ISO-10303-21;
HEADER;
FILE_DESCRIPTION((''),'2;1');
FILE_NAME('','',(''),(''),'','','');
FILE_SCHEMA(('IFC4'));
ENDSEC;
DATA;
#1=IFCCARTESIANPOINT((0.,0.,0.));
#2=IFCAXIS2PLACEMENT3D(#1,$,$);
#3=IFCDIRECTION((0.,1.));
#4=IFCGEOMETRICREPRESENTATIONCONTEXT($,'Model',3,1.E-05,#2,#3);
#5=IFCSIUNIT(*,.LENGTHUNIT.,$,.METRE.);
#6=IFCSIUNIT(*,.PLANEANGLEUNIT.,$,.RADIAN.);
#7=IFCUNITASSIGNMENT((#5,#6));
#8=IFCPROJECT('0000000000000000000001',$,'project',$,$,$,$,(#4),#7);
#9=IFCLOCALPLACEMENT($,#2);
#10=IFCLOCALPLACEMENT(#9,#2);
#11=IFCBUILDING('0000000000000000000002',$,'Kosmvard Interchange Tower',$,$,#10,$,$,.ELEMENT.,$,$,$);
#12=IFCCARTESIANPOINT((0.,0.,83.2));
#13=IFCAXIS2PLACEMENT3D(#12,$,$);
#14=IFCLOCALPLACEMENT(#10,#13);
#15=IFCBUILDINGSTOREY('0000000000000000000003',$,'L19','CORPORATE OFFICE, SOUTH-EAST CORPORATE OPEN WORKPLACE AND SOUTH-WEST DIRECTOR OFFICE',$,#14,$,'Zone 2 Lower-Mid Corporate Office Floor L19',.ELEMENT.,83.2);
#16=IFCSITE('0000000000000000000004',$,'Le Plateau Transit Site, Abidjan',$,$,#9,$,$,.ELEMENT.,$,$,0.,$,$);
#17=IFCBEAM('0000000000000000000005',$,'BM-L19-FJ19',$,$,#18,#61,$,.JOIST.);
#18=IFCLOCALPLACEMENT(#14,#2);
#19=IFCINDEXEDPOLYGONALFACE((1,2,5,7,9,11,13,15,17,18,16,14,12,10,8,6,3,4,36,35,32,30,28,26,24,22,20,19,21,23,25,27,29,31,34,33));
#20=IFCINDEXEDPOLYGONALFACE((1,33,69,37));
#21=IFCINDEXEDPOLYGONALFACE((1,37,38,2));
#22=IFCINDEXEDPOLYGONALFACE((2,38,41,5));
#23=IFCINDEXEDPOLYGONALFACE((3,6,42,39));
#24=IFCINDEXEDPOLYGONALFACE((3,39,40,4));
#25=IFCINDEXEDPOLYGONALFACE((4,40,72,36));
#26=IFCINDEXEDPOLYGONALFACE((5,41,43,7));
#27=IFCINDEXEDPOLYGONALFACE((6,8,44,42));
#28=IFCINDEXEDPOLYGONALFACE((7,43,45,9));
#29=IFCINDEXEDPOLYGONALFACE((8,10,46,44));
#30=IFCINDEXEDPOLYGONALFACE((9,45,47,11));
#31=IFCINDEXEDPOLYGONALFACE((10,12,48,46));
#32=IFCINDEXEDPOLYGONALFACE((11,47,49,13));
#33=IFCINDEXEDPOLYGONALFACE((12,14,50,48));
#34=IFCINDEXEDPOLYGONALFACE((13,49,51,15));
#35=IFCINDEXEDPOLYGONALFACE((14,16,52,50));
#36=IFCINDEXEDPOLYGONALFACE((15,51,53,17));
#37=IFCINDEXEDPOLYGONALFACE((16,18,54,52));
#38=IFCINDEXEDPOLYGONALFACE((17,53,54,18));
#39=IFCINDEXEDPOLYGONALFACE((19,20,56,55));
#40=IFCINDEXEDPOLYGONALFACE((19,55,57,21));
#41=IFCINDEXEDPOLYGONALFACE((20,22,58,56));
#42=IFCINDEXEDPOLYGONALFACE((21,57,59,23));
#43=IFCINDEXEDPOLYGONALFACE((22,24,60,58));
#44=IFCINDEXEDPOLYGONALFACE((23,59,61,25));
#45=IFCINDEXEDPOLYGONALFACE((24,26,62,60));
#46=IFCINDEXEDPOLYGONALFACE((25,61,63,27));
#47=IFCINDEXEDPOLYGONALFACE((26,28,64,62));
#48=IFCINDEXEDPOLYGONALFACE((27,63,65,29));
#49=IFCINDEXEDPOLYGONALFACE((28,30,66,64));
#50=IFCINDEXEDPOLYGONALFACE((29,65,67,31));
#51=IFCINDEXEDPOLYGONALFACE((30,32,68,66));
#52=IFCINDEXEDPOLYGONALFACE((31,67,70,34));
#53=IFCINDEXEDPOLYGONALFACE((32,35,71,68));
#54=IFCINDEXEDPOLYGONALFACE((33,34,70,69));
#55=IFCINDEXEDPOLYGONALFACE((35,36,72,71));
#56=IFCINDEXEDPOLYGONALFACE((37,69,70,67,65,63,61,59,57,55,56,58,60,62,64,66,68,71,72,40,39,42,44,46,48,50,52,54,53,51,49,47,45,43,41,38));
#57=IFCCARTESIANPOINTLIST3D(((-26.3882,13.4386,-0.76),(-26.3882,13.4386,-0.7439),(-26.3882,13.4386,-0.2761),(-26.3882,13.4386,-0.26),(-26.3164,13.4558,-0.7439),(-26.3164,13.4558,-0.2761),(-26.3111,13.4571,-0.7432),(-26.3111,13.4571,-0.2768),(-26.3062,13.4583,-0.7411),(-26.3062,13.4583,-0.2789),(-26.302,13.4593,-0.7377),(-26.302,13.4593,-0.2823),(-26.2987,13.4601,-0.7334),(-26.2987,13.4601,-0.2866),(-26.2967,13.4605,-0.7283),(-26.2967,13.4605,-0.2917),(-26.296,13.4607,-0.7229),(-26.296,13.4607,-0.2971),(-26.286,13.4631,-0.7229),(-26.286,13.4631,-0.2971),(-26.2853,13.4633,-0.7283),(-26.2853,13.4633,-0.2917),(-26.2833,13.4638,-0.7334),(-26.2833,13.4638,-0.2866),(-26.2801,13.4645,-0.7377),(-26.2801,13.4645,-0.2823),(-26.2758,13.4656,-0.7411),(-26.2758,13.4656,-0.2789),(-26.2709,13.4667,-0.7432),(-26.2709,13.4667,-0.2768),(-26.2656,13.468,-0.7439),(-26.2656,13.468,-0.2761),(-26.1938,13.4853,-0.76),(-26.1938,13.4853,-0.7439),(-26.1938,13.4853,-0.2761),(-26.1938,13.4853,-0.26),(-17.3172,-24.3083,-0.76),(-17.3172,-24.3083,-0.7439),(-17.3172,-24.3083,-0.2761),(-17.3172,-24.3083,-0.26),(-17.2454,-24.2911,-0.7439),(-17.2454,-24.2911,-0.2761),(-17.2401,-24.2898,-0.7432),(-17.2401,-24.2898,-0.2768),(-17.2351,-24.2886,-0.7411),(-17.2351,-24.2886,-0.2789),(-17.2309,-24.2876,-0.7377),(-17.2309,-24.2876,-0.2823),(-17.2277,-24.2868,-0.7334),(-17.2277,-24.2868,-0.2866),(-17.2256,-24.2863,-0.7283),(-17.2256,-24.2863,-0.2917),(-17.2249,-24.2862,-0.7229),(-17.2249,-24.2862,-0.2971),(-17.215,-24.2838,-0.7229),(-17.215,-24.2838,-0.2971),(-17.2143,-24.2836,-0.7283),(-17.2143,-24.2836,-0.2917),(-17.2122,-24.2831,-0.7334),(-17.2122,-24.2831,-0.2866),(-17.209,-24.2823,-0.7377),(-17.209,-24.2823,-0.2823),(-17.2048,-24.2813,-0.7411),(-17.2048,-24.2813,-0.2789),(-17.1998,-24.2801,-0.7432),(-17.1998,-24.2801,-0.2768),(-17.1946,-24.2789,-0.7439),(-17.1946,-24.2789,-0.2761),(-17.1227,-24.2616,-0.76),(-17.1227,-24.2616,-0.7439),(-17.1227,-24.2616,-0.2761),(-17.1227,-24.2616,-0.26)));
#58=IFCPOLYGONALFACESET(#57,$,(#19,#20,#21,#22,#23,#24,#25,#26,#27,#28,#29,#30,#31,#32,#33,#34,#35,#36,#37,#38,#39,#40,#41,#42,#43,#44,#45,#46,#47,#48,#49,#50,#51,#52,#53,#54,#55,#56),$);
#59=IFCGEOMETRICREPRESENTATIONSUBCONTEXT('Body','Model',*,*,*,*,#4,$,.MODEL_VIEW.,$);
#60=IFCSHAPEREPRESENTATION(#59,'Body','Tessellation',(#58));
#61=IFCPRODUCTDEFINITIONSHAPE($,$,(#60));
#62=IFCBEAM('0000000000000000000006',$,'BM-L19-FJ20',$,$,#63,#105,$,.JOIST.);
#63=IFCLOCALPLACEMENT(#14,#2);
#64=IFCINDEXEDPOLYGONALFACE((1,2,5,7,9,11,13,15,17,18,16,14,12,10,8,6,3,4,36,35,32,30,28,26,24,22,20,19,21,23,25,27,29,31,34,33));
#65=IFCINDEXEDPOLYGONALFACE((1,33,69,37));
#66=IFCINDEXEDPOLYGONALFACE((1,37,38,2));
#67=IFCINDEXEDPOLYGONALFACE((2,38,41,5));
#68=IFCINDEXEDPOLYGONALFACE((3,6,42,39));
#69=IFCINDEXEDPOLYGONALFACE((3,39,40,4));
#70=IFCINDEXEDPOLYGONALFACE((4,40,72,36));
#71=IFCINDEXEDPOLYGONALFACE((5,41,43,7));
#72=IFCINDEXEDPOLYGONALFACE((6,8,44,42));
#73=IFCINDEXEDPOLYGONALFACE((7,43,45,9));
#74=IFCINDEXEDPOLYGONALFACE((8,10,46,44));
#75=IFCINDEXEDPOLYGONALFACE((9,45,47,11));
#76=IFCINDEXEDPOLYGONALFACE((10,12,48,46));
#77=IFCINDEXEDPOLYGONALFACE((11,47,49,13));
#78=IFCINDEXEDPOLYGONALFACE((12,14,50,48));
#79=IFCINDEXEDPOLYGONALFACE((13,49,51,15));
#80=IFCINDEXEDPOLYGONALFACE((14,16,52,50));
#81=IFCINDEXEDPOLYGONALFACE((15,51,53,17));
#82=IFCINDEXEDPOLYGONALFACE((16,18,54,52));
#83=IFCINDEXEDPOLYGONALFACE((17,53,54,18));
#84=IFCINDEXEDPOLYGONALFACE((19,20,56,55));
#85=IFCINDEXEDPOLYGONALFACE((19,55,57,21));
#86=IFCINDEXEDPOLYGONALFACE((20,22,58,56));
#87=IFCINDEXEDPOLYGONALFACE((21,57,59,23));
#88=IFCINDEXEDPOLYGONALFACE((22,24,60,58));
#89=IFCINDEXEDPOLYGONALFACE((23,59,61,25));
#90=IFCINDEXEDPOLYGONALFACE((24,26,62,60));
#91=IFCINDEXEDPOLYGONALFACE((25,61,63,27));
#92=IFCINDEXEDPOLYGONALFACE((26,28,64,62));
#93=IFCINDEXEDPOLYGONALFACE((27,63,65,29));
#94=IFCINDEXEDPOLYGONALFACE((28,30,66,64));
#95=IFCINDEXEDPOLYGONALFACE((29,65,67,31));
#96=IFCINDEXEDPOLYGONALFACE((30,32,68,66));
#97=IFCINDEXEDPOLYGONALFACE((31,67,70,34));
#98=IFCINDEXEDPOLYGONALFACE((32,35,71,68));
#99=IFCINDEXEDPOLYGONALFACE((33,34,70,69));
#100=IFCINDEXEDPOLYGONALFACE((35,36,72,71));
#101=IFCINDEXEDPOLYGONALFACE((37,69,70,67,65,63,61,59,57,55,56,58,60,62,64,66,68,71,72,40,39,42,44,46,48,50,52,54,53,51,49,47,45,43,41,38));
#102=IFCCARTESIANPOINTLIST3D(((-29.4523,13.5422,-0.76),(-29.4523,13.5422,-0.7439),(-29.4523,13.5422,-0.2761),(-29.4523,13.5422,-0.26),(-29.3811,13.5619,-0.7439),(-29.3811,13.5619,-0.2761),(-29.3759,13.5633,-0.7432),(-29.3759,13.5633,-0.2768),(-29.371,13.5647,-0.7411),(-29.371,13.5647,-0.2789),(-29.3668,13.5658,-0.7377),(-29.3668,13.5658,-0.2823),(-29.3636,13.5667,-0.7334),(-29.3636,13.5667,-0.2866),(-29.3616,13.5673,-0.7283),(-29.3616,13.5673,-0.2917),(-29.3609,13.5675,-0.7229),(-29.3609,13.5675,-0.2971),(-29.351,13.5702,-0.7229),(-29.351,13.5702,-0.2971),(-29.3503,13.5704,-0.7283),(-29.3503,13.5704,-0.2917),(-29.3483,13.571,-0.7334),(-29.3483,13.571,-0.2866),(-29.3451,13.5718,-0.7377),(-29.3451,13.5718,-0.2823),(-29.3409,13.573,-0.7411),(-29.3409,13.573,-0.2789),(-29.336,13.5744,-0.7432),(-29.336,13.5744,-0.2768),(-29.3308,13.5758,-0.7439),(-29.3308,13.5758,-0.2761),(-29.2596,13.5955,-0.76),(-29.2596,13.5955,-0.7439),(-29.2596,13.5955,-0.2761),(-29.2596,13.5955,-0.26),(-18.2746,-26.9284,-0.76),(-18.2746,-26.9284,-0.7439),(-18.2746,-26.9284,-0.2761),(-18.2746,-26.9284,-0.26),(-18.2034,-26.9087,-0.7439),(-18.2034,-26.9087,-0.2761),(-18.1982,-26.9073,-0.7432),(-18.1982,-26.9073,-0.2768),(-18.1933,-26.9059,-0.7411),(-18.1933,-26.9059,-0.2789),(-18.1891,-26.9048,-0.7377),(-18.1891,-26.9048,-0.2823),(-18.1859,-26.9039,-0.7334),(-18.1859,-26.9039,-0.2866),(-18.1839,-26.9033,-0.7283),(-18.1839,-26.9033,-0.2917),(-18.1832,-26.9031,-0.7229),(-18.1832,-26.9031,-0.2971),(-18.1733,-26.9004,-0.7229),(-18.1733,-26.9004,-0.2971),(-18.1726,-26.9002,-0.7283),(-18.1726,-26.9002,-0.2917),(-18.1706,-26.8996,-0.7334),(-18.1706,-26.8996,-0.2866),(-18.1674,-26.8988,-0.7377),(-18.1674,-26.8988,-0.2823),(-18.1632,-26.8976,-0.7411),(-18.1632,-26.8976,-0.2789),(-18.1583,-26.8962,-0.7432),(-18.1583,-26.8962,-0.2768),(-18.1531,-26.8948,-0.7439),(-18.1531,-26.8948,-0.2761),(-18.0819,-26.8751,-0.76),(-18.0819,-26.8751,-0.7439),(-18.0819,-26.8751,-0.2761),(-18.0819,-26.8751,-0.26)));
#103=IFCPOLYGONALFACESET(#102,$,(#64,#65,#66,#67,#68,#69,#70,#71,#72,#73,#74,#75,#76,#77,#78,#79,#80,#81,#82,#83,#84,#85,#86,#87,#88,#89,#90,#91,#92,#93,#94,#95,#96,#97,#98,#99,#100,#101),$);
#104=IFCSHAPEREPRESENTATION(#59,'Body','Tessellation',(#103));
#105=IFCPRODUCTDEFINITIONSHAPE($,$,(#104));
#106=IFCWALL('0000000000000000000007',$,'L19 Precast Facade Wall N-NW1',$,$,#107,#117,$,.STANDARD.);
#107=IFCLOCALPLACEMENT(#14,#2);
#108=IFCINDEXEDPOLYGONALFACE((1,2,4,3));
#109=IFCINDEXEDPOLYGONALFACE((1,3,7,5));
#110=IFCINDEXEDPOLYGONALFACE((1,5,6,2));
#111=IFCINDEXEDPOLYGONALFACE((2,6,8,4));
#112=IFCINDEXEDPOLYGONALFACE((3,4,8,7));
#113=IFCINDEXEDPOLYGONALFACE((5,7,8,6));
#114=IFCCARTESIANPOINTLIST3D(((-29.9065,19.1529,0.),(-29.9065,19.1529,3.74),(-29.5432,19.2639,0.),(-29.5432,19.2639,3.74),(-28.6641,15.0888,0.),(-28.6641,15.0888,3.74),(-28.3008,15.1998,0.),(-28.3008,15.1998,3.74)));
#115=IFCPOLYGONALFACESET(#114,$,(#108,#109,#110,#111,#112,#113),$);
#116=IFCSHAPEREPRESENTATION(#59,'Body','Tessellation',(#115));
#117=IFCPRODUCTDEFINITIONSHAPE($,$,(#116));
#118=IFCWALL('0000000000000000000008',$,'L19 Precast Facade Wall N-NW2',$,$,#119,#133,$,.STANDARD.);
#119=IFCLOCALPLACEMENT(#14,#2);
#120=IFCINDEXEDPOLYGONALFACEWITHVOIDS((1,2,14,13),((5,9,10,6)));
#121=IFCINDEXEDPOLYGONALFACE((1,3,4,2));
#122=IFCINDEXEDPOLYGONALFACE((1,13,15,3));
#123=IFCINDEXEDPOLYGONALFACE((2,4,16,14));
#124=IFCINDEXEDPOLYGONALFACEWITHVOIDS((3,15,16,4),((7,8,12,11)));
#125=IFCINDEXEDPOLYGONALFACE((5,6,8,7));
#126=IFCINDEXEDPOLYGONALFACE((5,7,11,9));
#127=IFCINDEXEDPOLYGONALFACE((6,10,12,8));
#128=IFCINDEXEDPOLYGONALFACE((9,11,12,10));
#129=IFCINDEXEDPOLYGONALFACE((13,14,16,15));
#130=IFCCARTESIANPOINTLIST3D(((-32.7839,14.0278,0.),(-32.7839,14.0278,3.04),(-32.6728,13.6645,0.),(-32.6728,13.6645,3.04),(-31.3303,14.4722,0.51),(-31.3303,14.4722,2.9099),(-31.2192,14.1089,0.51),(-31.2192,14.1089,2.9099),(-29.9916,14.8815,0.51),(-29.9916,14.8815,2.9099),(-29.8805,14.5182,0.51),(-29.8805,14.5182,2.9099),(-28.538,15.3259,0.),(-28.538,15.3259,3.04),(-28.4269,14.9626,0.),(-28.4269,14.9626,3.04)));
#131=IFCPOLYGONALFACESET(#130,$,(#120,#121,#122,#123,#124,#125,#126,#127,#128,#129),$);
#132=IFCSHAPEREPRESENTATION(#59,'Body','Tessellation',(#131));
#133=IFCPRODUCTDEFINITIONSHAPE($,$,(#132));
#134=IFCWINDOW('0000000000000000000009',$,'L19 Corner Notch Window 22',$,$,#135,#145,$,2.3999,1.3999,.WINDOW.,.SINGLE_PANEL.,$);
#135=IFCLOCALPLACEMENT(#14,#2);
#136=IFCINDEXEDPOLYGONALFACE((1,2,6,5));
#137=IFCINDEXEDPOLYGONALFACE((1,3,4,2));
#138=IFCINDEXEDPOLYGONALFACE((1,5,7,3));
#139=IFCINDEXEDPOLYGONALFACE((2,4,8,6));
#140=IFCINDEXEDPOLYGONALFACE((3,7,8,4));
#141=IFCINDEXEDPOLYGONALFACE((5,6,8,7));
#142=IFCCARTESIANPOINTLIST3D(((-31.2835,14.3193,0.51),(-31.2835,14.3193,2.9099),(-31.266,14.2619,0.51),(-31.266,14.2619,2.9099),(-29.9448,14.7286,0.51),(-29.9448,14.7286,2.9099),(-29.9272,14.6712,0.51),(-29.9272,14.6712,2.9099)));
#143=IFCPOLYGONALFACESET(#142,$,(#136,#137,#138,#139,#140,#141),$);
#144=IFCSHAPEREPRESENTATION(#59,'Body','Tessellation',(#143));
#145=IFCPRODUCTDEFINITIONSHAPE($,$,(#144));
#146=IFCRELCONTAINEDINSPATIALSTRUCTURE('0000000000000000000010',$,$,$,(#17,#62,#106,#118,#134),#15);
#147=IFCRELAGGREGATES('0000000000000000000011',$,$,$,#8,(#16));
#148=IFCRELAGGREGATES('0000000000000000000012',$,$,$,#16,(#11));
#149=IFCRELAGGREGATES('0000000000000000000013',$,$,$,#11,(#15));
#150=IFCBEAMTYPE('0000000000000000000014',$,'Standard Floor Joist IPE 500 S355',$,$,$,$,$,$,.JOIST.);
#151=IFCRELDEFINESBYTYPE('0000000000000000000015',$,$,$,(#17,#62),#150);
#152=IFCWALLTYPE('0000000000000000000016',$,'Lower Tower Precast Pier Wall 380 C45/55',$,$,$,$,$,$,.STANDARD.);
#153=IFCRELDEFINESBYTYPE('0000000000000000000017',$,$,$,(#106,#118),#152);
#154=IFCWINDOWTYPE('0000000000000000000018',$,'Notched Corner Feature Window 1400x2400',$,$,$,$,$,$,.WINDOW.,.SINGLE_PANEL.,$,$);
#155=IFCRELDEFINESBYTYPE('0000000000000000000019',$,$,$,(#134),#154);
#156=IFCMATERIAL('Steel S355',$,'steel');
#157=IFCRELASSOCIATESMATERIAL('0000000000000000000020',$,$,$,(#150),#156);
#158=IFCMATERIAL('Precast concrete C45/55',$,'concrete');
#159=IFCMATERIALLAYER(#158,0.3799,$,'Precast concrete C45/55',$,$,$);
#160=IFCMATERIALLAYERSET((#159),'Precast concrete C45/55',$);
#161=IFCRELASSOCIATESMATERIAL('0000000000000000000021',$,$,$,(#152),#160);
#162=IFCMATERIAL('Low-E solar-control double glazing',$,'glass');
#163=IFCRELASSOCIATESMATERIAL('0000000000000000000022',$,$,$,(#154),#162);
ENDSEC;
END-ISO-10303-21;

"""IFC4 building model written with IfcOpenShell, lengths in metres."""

from ifc_helpers import new_model, si_unit, direction, frame, frame_2d, origin, origin_2d, place, context, subcontext, project, spatial, rectangle, i_section, extrude, source, transform, mapped, material, layer, layer_set, material_profile, profile_set, type_object, element, fill, save


model = new_model("IFC4")

# Units and contexts
model_context = context("Model", 3, precision=1e-05, world=origin(), true_north=direction((0.0, 1.0)))
body_context = subcontext(model_context, "Body", "Model", "MODEL_VIEW")
ifc_project = project(units=[si_unit("LENGTHUNIT", "METRE"), si_unit("PLANEANGLEUNIT", "RADIAN")], contexts=[model_context])

# Site, building, storey
site_placement = place(None, origin())
site = spatial("IfcSite", under=ifc_project, at=site_placement, Name="Le Plateau Transit Site, Abidjan", CompositionType="ELEMENT", RefElevation=0.0)
building_placement = place(site_placement, origin())
building = spatial("IfcBuilding", under=site, at=building_placement, Name="Kosmvard Interchange Tower", CompositionType="ELEMENT")
storey_placement = place(building_placement, frame((0.0, 0.0, 83.2)))
storey = spatial("IfcBuildingStorey", under=building, at=storey_placement, Name="L19", Description="CORPORATE OFFICE, SOUTH-EAST CORPORATE OPEN WORKPLACE AND SOUTH-WEST DIRECTOR OFFICE", LongName="Zone 2 Lower-Mid Corporate Office Floor L19", CompositionType="ELEMENT", Elevation=83.2)

# Beams
ifc_material_1 = material(Name="Steel S355", Category="steel")
ifc_material_2 = material(Name="Precast concrete C45/55", Category="concrete")
ifc_material_profile_1 = material_profile(ifc_material_1, i_section(OverallWidth=0.2, OverallDepth=0.5, WebThickness=0.0103, FlangeThickness=0.0161, FilletRadius=0.021, at=origin_2d()), Name="IPE 500")
ifc_profile_set_1 = profile_set([ifc_material_profile_1], Name="Steel S355")
beam_type_1 = type_object("IfcBeamType", Name="Standard Floor Joist IPE 500 S355", PredefinedType="JOIST", material=ifc_profile_set_1)
shared_shape_1 = source(origin(), body_context, "Body", "SweptSolid", [
    extrude(i_section(OverallWidth=0.2, OverallDepth=0.5, WebThickness=0.0103, FlangeThickness=0.0161, FilletRadius=0.021, at=origin_2d()), origin(), (0.0, 0.0, 1.0), 38.8215),
])
beam_1_placement = place(storey_placement, frame((-26.291, 13.4619, -0.51), z_axis=(0.233661, -0.972318, 0.0), x_axis=(0.972318, 0.233661, 0.0)))
element("IfcBeam", 1, at=beam_1_placement, inside=storey, type_object=beam_type_1, Name="BM-L19-FJ19", PredefinedType="JOIST", context=body_context, shape_type="MappedRepresentation", body=[
    mapped(shared_shape_1, transform((0.0, 0.0, 0.0), scale=1.0)),
])
shared_shape_2 = source(origin(), body_context, "Body", "SweptSolid", [
    extrude(i_section(OverallWidth=0.2, OverallDepth=0.5, WebThickness=0.0103, FlangeThickness=0.0161, FilletRadius=0.021, at=origin_2d()), origin(), (0.0, 0.0, 1.0), 41.9858),
])
beam_2_placement = place(storey_placement, frame((-29.356, 13.5688, -0.51), z_axis=(0.266226, -0.963911, 0.0), x_axis=(0.963911, 0.266226, 0.0)))
element("IfcBeam", 2, at=beam_2_placement, inside=storey, type_object=beam_type_1, Name="BM-L19-FJ20", PredefinedType="JOIST", context=body_context, shape_type="MappedRepresentation", body=[
    mapped(shared_shape_2, transform((0.0, 0.0, 0.0), scale=1.0)),
])

# Wall
ifc_layer_1 = layer(ifc_material_2, 0.3799, Name="Precast concrete C45/55")
ifc_layer_set_1 = layer_set([ifc_layer_1], Name="Precast concrete C45/55")
wall_type = type_object("IfcWallType", Name="Lower Tower Precast Pier Wall 380 C45/55", PredefinedType="STANDARD", material=ifc_layer_set_1)
wall_1_placement = place(storey_placement, frame((-29.7249, 19.2085, 0.0), z_axis=(0.0, 0.0, 1.0), x_axis=(0.292346, -0.956313, 0.0)))
element("IfcWall", 3, at=wall_1_placement, inside=storey, type_object=wall_type, Name="L19 Precast Facade Wall N-NW1", PredefinedType="STANDARD", context=body_context, shape_type="SweptSolid", body=[
    extrude(rectangle(XDim=4.2498, YDim=0.3799, at=frame_2d((2.125, 0.0))), origin(), (0.0, 0.0, 1.0), 3.74),
])

# Wall, opening, window
wall_2_placement = place(storey_placement, frame((-28.4824, 15.1443, 0.0), z_axis=(0.0, 0.0, 1.0), x_axis=(-0.956304, -0.292374, 0.0)))
wall_2 = element("IfcWall", 4, at=wall_2_placement, inside=storey, type_object=wall_type, Name="L19 Precast Facade Wall N-NW2", PredefinedType="STANDARD", context=body_context, shape_type="SweptSolid", body=[
    extrude(rectangle(XDim=4.4399, YDim=0.3799, at=frame_2d((2.22, 0.0))), origin(), (0.0, 0.0, 1.0), 3.04),
])
opening_1_placement = place(wall_2_placement, frame((1.52, 0.0, 0.51)))
opening_1 = element("IfcOpeningElement", 5, at=opening_1_placement, cuts=wall_2, PredefinedType="OPENING", context=body_context, shape_type="SweptSolid", body=[
    extrude(rectangle(XDim=1.3999, YDim=2.3999, at=frame_2d((0.7, 1.2))), frame((0.0, 0.2, 0.0), z_axis=(0.0, -1.0, 0.0), x_axis=(1.0, 0.0, 0.0)), (0.0, 0.0, 1.0), 0.3999),
])
ifc_material_3 = material(Name="Low-E solar-control double glazing", Category="glass")
window_type_1 = type_object("IfcWindowType", Name="Notched Corner Feature Window 1400x2400", PartitioningType="SINGLE_PANEL", PredefinedType="WINDOW", material=ifc_material_3)
shared_shape_3 = source(origin(), body_context, "Body", "SweptSolid", [
    extrude(rectangle(XDim=1.3999, YDim=2.3999, at=frame_2d((0.7, 1.2))), frame((0.0, 0.03, 0.0), z_axis=(0.0, -1.0, 0.0), x_axis=(1.0, 0.0, 0.0)), (0.0, 0.0, 1.0), 0.0601),
])
window_1_placement = place(opening_1_placement, origin())
window_1 = element("IfcWindow", 6, at=window_1_placement, inside=storey, type_object=window_type_1, Name="L19 Corner Notch Window 22", OverallHeight=2.3999, OverallWidth=1.3999, PartitioningType="SINGLE_PANEL", PredefinedType="WINDOW", context=body_context, shape_type="MappedRepresentation", body=[
    mapped(shared_shape_3, transform((0.0, 0.0, 0.0), scale=1.0)),
])
fill(opening_1, window_1)

save(model, "model.ifc")
